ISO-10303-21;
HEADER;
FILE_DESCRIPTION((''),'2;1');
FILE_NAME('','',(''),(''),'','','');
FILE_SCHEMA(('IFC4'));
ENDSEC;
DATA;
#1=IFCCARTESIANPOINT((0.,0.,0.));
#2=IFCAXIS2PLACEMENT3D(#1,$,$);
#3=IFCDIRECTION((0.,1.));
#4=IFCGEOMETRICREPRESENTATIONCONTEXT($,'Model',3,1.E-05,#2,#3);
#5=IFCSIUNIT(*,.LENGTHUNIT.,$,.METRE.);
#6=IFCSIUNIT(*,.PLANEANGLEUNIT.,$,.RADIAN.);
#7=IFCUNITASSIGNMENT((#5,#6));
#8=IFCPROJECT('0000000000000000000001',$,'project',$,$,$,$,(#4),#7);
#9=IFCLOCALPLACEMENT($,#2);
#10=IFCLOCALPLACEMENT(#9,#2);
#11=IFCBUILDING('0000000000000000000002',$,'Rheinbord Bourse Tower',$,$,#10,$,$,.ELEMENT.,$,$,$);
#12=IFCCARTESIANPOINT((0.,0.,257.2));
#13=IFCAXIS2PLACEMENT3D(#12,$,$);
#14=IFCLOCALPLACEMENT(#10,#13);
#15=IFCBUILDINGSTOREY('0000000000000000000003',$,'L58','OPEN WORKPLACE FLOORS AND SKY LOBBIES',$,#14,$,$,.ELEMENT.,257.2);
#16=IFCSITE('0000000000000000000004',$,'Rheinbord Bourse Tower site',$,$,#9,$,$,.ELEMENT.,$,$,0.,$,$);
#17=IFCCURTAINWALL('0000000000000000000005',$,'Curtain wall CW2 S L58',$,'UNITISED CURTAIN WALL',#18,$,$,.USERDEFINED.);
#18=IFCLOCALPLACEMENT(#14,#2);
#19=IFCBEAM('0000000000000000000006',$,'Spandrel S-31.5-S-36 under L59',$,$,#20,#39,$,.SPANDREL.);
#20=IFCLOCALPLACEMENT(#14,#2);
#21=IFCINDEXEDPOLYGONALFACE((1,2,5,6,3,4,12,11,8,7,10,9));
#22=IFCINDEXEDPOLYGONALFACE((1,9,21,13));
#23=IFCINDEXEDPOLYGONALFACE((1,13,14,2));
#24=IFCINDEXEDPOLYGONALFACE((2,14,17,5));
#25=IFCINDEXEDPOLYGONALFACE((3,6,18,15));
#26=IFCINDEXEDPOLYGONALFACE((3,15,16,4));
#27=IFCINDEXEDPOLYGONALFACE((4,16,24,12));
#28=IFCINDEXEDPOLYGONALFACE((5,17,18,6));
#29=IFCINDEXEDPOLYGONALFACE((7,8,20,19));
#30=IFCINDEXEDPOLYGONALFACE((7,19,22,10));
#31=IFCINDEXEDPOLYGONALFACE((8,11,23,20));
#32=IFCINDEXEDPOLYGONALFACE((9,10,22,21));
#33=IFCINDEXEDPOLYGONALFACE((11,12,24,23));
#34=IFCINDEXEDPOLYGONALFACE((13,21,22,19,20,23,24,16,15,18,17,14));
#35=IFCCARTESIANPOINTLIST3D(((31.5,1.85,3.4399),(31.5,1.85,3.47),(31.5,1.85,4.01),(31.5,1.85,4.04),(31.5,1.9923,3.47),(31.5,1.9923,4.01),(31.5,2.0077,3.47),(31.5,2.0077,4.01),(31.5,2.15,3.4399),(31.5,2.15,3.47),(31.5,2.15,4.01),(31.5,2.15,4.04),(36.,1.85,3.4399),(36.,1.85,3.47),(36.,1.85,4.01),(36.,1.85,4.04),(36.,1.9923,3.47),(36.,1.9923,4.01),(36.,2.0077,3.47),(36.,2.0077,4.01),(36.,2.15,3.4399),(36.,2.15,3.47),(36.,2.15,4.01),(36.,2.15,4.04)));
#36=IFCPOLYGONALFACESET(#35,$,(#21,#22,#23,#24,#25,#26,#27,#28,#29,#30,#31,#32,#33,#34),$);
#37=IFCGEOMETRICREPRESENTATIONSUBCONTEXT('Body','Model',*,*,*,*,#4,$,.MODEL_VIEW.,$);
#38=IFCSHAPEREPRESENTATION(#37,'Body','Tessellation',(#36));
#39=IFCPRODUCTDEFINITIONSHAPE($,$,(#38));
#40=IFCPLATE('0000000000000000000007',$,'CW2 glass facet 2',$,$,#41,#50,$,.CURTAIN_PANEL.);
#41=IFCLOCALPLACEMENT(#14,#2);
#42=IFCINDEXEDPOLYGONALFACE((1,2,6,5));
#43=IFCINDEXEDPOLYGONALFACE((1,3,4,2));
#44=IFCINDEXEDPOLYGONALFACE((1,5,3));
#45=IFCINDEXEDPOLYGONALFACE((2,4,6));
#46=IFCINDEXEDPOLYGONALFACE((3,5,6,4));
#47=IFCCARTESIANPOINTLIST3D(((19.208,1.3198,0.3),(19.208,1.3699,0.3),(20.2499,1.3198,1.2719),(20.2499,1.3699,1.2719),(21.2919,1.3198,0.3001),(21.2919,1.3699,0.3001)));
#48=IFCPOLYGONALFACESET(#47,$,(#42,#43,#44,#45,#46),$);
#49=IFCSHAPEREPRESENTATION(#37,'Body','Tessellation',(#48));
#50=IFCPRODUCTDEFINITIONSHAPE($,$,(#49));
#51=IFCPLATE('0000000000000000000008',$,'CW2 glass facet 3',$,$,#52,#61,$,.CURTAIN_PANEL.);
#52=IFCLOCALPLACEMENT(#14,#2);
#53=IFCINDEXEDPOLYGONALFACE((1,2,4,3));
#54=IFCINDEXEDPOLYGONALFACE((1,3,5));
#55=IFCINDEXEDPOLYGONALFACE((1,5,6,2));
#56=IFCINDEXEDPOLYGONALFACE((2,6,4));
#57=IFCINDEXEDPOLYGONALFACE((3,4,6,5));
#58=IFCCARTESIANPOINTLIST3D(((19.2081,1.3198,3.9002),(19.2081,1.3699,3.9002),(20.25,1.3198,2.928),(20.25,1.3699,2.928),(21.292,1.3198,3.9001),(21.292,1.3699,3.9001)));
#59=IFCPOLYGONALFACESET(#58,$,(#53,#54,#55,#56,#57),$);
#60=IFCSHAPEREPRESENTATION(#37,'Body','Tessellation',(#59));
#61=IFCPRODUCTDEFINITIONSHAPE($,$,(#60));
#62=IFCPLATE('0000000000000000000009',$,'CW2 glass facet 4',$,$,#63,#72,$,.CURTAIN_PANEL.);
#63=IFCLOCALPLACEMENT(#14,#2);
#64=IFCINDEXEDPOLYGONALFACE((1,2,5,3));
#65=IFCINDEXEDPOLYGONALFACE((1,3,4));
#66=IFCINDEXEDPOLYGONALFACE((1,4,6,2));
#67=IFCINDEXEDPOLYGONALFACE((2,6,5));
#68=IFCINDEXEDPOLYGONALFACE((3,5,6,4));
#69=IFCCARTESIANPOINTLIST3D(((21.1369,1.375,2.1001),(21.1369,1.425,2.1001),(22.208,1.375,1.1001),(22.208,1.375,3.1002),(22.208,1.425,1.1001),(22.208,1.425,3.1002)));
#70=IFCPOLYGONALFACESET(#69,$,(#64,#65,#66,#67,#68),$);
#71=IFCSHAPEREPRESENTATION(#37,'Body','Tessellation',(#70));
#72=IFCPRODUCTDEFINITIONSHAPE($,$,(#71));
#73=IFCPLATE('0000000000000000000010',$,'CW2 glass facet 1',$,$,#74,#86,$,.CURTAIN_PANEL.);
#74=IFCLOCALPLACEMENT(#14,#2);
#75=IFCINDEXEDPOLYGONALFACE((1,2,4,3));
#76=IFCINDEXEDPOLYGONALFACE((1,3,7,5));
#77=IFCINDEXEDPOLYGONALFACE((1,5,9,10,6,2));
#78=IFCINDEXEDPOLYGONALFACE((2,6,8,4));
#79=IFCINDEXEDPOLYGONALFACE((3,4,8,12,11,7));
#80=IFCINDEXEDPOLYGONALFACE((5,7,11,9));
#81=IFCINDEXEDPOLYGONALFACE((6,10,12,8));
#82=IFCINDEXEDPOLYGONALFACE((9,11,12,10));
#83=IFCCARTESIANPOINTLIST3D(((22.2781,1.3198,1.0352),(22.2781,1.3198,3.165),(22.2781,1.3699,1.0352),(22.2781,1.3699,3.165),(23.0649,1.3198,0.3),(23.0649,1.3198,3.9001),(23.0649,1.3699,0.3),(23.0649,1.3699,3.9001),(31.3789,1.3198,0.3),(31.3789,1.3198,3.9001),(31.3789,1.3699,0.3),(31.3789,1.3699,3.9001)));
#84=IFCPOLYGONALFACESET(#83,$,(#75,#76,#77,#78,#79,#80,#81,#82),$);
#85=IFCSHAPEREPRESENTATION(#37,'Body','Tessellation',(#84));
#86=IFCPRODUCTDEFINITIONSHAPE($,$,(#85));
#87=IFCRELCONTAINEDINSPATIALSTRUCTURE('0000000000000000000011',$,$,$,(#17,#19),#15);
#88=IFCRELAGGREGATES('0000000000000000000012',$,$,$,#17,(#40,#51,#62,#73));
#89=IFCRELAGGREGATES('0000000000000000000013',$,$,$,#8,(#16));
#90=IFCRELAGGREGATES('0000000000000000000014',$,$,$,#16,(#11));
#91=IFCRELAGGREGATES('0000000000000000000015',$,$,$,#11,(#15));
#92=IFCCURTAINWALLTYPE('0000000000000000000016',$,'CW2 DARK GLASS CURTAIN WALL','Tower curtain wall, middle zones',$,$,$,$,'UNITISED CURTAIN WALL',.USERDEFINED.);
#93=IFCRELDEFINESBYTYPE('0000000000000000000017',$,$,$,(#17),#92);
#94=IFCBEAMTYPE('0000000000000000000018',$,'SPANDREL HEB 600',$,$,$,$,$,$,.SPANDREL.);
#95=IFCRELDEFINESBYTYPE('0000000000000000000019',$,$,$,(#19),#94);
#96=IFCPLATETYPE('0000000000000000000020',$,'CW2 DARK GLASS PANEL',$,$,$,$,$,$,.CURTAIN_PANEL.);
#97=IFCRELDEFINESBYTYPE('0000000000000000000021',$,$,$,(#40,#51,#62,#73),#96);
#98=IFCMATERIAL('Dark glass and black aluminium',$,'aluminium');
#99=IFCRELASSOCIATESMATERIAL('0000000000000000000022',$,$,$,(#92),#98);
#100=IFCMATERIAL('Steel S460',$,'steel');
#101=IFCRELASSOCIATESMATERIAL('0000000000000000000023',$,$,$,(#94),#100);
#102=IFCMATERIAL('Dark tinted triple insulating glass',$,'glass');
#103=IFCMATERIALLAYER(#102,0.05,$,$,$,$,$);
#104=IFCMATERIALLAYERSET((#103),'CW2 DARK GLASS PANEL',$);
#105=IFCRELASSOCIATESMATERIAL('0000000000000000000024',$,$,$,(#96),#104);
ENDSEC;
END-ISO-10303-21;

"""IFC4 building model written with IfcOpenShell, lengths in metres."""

from ifc_helpers import new_model, si_unit, direction, frame, origin, origin_2d, place, context, subcontext, project, spatial, polyline, i_section, outline, extrude, material, layer, layer_set, material_profile, profile_set, type_object, element, aggregate, save


model = new_model("IFC4")

# Units and contexts
model_context = context("Model", 3, precision=1e-05, world=origin(), true_north=direction((0.0, 1.0)))
body_context = subcontext(model_context, "Body", "Model", "MODEL_VIEW")
ifc_project = project(units=[si_unit("LENGTHUNIT", "METRE"), si_unit("PLANEANGLEUNIT", "RADIAN")], contexts=[model_context])

# Site, building, storey
site_placement = place(None, origin())
site = spatial("IfcSite", under=ifc_project, at=site_placement, Name="Rheinbord Bourse Tower site", CompositionType="ELEMENT", RefElevation=0.0)
building_placement = place(site_placement, origin())
building = spatial("IfcBuilding", under=site, at=building_placement, Name="Rheinbord Bourse Tower", CompositionType="ELEMENT")
storey_placement = place(building_placement, frame((0.0, 0.0, 257.2)))
storey = spatial("IfcBuildingStorey", under=building, at=storey_placement, Name="L58", Description="OPEN WORKPLACE FLOORS AND SKY LOBBIES", CompositionType="ELEMENT", Elevation=257.2)

# Curtain wall
ifc_material_1 = material(Name="Dark glass and black aluminium", Category="aluminium")
curtain_wall_type = type_object("IfcCurtainWallType", Name="CW2 DARK GLASS CURTAIN WALL", Description="Tower curtain wall, middle zones", ElementType="UNITISED CURTAIN WALL", PredefinedType="USERDEFINED", material=ifc_material_1)
curtain_wall_placement = place(storey_placement, origin())
curtain_wall = element("IfcCurtainWall", 1, at=curtain_wall_placement, inside=storey, type_object=curtain_wall_type, Name="Curtain wall CW2 S L58", ObjectType="UNITISED CURTAIN WALL", PredefinedType="USERDEFINED")

# Beam
ifc_material_2 = material(Name="Steel S460", Category="steel")
ifc_material_profile_1 = material_profile(ifc_material_2, i_section(OverallWidth=0.3, OverallDepth=0.6001, WebThickness=0.0154, FlangeThickness=0.03, at=origin_2d()), Name="HEB 600")
ifc_profile_set_1 = profile_set([ifc_material_profile_1], Name="Steel S460")
beam_type_1 = type_object("IfcBeamType", Name="SPANDREL HEB 600", PredefinedType="SPANDREL", material=ifc_profile_set_1)
for number, where, z_axis, x_axis, name in (
    (2, (31.5, 2.0, 3.74), (1.0, 0.0, 0.0), (0.0, 1.0, 0.0), "Spandrel S-31.5-S-36 under L59"),
):
    element("IfcBeam", number, at=place(storey_placement, frame(where, z_axis=z_axis, x_axis=x_axis)), inside=storey, type_object=beam_type_1, Name=name, PredefinedType="SPANDREL", context=body_context, shape_type="SweptSolid", body=[
        extrude(i_section(OverallWidth=0.3, OverallDepth=0.6001, WebThickness=0.0154, FlangeThickness=0.03, at=origin_2d()), origin(), (0.0, 0.0, 1.0), 4.5),
    ])

# Plates
ifc_material_3 = material(Name="Dark tinted triple insulating glass", Category="glass")
ifc_layer = layer(ifc_material_3, 0.05)
ifc_layer_set = layer_set([ifc_layer], Name="CW2 DARK GLASS PANEL")
plate_type = type_object("IfcPlateType", Name="CW2 DARK GLASS PANEL", PredefinedType="CURTAIN_PANEL", material=ifc_layer_set)
plate_1_placement = place(storey_placement, frame((19.208, 1.3198, 0.3), z_axis=(0.0, 1.0, 0.0), x_axis=(0.731266, 0.0, 0.682092)))
plate_1 = element("IfcPlate", 3, at=plate_1_placement, type_object=plate_type, Name="CW2 glass facet 2", PredefinedType="CURTAIN_PANEL", context=body_context, shape_type="SweptSolid", body=[
    extrude(outline(polyline([(0.0, 0.0), (1.4248, 0.0), (1.5239, 1.4214), (0.0, 0.0)])), origin(), (0.0, 0.0, 1.0), 0.05),
])
plate_2_placement = place(storey_placement, frame((21.292, 1.3198, 3.9001), z_axis=(0.0, 1.0, 0.0), x_axis=(-0.731181, 0.0, -0.682184)))
plate_2 = element("IfcPlate", 4, at=plate_2_placement, type_object=plate_type, Name="CW2 glass facet 3", PredefinedType="CURTAIN_PANEL", context=body_context, shape_type="SweptSolid", body=[
    extrude(outline(polyline([(0.0, 0.0), (1.425, 0.0), (1.5237, 1.4216), (0.0, 0.0)])), origin(), (0.0, 0.0, 1.0), 0.05),
])
plate_3_placement = place(storey_placement, frame((22.208, 1.375, 1.1001), z_axis=(0.0, 1.0, 0.0), x_axis=(-0.730933, 0.0, 0.682449)))
plate_3 = element("IfcPlate", 5, at=plate_3_placement, type_object=plate_type, Name="CW2 glass facet 4", PredefinedType="CURTAIN_PANEL", context=body_context, shape_type="SweptSolid", body=[
    extrude(outline(polyline([(0.0, 0.0), (1.4653, 0.0), (1.365, 1.4619), (0.0, 0.0)])), origin(), (0.0, 0.0, 1.0), 0.05),
])
plate_4_placement = place(storey_placement, frame((31.3789, 1.3198, 3.9001), z_axis=(0.0, 1.0, 0.0), x_axis=(0.0, 0.0, -1.0)))
plate_4 = element("IfcPlate", 6, at=plate_4_placement, type_object=plate_type, Name="CW2 glass facet 1", PredefinedType="CURTAIN_PANEL", context=body_context, shape_type="SweptSolid", body=[
    extrude(outline(polyline([(0.0, 0.0), (3.6001, 0.0), (3.6001, 8.314), (2.865, 9.1008), (0.7351, 9.1008), (0.0, 8.314), (0.0, 0.0)])), origin(), (0.0, 0.0, 1.0), 0.05),
])
aggregate(curtain_wall, [plate_1, plate_2, plate_3, plate_4])

save(model, "model.ifc")
